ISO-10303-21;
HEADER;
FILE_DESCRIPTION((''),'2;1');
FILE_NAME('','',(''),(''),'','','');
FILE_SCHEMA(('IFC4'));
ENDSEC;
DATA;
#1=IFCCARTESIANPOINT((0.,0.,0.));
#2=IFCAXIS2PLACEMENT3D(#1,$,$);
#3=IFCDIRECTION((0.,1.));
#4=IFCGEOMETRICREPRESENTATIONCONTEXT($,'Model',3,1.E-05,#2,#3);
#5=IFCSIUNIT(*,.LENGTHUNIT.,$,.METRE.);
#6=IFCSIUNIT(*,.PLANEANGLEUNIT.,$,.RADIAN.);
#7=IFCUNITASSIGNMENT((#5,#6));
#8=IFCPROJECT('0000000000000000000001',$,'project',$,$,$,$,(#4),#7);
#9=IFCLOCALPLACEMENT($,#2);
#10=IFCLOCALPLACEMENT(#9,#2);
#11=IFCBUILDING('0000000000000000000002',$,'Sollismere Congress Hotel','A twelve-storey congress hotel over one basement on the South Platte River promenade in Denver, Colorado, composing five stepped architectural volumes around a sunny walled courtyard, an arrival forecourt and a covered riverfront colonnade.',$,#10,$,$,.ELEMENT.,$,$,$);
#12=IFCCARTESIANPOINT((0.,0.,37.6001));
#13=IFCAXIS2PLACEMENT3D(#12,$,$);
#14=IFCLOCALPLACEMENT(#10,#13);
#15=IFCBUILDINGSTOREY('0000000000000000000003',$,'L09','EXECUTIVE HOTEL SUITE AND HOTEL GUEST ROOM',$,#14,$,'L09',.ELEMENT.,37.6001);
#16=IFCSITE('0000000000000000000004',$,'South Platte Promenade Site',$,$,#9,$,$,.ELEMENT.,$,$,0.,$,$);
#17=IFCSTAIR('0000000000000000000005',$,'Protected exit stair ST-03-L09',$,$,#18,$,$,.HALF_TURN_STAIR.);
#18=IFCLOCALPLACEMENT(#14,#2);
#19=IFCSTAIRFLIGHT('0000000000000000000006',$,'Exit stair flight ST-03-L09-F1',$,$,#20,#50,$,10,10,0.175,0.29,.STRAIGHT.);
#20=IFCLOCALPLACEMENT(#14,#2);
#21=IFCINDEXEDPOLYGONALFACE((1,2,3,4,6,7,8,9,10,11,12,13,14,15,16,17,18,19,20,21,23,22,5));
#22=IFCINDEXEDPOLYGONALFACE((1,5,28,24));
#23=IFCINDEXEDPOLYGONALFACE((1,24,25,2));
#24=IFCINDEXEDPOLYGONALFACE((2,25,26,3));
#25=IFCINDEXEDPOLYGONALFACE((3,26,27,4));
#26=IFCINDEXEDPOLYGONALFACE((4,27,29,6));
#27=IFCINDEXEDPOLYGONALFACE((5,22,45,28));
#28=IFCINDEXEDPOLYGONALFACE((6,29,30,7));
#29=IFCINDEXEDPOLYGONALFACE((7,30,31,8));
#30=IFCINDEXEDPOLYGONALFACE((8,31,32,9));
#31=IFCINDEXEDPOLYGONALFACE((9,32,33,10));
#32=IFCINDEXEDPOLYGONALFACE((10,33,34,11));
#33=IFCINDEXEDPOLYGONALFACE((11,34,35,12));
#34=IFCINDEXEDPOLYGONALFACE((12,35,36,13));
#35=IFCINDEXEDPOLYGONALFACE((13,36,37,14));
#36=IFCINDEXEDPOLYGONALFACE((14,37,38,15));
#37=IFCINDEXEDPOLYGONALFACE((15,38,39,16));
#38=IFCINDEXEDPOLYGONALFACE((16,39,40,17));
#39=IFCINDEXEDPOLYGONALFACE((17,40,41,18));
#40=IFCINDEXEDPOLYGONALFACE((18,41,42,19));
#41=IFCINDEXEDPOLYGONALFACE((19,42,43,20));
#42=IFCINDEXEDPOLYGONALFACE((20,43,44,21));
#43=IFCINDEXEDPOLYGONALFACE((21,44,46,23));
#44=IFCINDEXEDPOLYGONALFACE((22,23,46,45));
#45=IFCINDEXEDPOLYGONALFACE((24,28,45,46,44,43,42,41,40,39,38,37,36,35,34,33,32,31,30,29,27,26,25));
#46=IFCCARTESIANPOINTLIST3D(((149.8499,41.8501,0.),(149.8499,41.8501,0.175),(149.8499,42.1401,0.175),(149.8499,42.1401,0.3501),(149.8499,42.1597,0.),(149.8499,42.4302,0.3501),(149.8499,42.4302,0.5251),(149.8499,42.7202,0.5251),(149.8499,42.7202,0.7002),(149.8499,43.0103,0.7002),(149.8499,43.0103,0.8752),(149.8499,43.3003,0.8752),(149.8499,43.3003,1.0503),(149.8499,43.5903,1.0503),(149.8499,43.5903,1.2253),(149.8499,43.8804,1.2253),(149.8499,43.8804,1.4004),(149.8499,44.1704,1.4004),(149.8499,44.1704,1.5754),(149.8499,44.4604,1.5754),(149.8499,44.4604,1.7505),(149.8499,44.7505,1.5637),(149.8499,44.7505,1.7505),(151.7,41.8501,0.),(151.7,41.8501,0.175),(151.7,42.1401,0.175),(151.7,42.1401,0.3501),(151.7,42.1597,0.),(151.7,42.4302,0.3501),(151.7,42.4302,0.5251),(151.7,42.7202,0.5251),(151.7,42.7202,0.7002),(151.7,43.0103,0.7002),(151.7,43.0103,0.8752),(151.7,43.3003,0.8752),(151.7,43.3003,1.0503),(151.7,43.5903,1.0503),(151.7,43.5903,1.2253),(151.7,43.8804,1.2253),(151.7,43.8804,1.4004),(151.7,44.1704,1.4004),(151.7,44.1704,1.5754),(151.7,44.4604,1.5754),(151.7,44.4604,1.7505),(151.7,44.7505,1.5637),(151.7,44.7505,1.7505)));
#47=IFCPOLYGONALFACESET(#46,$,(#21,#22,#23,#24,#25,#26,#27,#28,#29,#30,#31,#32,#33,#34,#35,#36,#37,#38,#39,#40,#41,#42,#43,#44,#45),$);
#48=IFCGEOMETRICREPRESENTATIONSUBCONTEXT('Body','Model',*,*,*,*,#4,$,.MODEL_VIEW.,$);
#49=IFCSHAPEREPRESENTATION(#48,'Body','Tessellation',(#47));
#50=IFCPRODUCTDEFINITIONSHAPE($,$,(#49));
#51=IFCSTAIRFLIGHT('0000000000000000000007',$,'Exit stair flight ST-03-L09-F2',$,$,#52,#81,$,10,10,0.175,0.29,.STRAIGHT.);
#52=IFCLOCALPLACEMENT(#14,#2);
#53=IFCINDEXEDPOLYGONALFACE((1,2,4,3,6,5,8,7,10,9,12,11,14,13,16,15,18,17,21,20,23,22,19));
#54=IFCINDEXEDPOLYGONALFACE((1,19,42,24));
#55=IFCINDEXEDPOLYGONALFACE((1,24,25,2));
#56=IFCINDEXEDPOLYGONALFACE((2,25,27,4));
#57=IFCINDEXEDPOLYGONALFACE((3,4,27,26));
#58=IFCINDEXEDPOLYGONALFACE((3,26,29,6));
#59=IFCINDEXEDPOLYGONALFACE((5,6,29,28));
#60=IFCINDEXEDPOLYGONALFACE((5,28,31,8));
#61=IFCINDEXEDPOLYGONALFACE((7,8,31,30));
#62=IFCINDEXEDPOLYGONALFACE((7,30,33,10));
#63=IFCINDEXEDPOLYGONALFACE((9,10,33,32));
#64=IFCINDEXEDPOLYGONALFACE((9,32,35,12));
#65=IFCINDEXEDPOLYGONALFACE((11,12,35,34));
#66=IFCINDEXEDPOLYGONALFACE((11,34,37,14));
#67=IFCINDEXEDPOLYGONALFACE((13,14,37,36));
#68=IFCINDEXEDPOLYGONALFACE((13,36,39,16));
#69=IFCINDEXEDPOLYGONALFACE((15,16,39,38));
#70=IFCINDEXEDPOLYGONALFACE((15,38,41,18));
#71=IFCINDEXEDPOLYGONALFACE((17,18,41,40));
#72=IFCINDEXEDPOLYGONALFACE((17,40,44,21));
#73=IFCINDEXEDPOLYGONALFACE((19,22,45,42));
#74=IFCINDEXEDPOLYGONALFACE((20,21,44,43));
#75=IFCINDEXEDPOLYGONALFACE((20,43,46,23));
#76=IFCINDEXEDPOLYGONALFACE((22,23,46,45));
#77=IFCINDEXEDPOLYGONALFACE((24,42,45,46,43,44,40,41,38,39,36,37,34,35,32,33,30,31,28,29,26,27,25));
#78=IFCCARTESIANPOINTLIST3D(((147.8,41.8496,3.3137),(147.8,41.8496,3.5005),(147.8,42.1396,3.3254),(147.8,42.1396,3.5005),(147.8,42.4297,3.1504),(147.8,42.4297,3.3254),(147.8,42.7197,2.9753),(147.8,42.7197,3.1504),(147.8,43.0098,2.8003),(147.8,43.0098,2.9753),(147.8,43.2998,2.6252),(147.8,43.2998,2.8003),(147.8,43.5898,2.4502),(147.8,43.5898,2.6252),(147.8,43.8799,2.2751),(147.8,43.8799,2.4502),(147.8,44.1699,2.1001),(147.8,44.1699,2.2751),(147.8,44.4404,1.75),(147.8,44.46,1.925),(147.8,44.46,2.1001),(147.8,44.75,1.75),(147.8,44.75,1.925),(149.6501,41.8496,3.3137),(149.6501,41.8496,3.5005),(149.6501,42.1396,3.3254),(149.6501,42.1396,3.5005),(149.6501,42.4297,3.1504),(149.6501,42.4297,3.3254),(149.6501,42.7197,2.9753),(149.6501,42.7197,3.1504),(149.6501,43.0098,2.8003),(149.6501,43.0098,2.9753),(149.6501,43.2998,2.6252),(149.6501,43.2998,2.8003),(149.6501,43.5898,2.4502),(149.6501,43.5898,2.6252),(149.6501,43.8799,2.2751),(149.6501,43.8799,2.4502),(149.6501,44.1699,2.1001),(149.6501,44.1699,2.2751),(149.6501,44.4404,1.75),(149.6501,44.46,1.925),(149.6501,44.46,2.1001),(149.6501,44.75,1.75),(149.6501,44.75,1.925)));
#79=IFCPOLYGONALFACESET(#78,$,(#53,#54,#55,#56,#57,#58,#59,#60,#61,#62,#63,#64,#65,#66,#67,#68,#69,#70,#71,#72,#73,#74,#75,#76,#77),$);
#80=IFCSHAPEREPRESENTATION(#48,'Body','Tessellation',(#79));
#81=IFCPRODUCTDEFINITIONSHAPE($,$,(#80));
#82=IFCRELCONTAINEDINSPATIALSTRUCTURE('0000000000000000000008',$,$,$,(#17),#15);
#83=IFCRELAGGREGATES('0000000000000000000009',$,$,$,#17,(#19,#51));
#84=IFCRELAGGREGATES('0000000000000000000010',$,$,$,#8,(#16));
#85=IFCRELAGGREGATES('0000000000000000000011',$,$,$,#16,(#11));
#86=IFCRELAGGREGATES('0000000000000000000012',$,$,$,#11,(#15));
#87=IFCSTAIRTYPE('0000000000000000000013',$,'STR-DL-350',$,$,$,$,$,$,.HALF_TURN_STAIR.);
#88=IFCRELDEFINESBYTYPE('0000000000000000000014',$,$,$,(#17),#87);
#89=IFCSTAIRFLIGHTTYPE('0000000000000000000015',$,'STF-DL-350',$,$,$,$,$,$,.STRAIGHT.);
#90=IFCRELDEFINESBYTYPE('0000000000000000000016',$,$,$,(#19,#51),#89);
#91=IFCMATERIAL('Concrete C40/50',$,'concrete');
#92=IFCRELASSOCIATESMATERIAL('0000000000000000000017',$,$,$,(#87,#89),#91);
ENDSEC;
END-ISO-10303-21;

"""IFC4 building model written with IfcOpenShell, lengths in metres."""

from ifc_helpers import new_model, si_unit, direction, frame, origin, place, context, subcontext, project, spatial, polyline, outline, extrude, material, type_object, element, aggregate, save


model = new_model("IFC4")

# Units and contexts
model_context = context("Model", 3, precision=1e-05, world=origin(), true_north=direction((0.0, 1.0)))
body_context = subcontext(model_context, "Body", "Model", "MODEL_VIEW")
ifc_project = project(units=[si_unit("LENGTHUNIT", "METRE"), si_unit("PLANEANGLEUNIT", "RADIAN")], contexts=[model_context])

# Site, building, storey
site_placement = place(None, origin())
site = spatial("IfcSite", under=ifc_project, at=site_placement, Name="South Platte Promenade Site", CompositionType="ELEMENT", RefElevation=0.0)
building_placement = place(site_placement, origin())
building = spatial("IfcBuilding", under=site, at=building_placement, Name="Sollismere Congress Hotel", Description="A twelve-storey congress hotel over one basement on the South Platte River promenade in Denver, Colorado, composing five stepped architectural volumes around a sunny walled courtyard, an arrival forecourt and a covered riverfront colonnade.", CompositionType="ELEMENT")
storey_placement = place(building_placement, frame((0.0, 0.0, 37.6001)))
storey = spatial("IfcBuildingStorey", under=building, at=storey_placement, Name="L09", Description="EXECUTIVE HOTEL SUITE AND HOTEL GUEST ROOM", LongName="L09", CompositionType="ELEMENT", Elevation=37.6001)

# Stair, stair flights
ifc_material_1 = material(Name="Concrete C40/50", Category="concrete")
stair_type = type_object("IfcStairType", Name="STR-DL-350", PredefinedType="HALF_TURN_STAIR", material=ifc_material_1)
stair_placement = place(storey_placement, origin())
stair = element("IfcStair", 1, at=stair_placement, inside=storey, type_object=stair_type, Name="Protected exit stair ST-03-L09", PredefinedType="HALF_TURN_STAIR")
stair_flight_type = type_object("IfcStairFlightType", Name="STF-DL-350", PredefinedType="STRAIGHT", material=ifc_material_1)
stair_flight_1_placement = place(storey_placement, frame((150.7749, 41.8501, 0.0), z_axis=(0.0, 0.0, 1.0), x_axis=(0.0, 1.0, 0.0)))
stair_flight_1 = element("IfcStairFlight", 2, at=stair_flight_1_placement, type_object=stair_flight_type, Name="Exit stair flight ST-03-L09-F1", NumberOfRisers=10, NumberOfTreads=10, PredefinedType="STRAIGHT", RiserHeight=0.175, TreadLength=0.29, context=body_context, shape_type="SweptSolid", body=[
    extrude(outline(polyline([(0.0, 0.0), (0.0, 0.175), (0.29, 0.175), (0.29, 0.3501), (0.5801, 0.3501), (0.5801, 0.5251), (0.8701, 0.5251), (0.8701, 0.7002), (1.1602, 0.7002), (1.1602, 0.8752), (1.4502, 0.8752), (1.4502, 1.0503), (1.7402, 1.0503), (1.7402, 1.2253), (2.0303, 1.2253), (2.0303, 1.4004), (2.3203, 1.4004), (2.3203, 1.5754), (2.6104, 1.5754), (2.6104, 1.7505), (2.9004, 1.7505), (2.9004, 1.5637), (0.3096, 0.0), (0.0, 0.0)])), frame((0.0, 0.925, 0.0), z_axis=(0.0, -1.0, 0.0), x_axis=(1.0, 0.0, 0.0)), (0.0, 0.0, 1.0), 1.8501),
])
stair_flight_2_placement = place(storey_placement, frame((148.7251, 44.75, 1.75), z_axis=(0.0, 0.0, 1.0), x_axis=(0.0, -1.0, 0.0)))
stair_flight_2 = element("IfcStairFlight", 3, at=stair_flight_2_placement, type_object=stair_flight_type, Name="Exit stair flight ST-03-L09-F2", NumberOfRisers=10, NumberOfTreads=10, PredefinedType="STRAIGHT", RiserHeight=0.175, TreadLength=0.29, context=body_context, shape_type="SweptSolid", body=[
    extrude(outline(polyline([(0.0, 0.0), (0.0, 0.175), (0.29, 0.175), (0.29, 0.3501), (0.5801, 0.3501), (0.5801, 0.5251), (0.8701, 0.5251), (0.8701, 0.7002), (1.1602, 0.7002), (1.1602, 0.8752), (1.4502, 0.8752), (1.4502, 1.0503), (1.7402, 1.0503), (1.7402, 1.2253), (2.0303, 1.2253), (2.0303, 1.4004), (2.3203, 1.4004), (2.3203, 1.5754), (2.6104, 1.5754), (2.6104, 1.7505), (2.9004, 1.7505), (2.9004, 1.5637), (0.3096, 0.0), (0.0, 0.0)])), frame((0.0, 0.925, 0.0), z_axis=(0.0, -1.0, 0.0), x_axis=(1.0, 0.0, 0.0)), (0.0, 0.0, 1.0), 1.8501),
])
aggregate(stair, [stair_flight_1, stair_flight_2])

save(model, "model.ifc")
